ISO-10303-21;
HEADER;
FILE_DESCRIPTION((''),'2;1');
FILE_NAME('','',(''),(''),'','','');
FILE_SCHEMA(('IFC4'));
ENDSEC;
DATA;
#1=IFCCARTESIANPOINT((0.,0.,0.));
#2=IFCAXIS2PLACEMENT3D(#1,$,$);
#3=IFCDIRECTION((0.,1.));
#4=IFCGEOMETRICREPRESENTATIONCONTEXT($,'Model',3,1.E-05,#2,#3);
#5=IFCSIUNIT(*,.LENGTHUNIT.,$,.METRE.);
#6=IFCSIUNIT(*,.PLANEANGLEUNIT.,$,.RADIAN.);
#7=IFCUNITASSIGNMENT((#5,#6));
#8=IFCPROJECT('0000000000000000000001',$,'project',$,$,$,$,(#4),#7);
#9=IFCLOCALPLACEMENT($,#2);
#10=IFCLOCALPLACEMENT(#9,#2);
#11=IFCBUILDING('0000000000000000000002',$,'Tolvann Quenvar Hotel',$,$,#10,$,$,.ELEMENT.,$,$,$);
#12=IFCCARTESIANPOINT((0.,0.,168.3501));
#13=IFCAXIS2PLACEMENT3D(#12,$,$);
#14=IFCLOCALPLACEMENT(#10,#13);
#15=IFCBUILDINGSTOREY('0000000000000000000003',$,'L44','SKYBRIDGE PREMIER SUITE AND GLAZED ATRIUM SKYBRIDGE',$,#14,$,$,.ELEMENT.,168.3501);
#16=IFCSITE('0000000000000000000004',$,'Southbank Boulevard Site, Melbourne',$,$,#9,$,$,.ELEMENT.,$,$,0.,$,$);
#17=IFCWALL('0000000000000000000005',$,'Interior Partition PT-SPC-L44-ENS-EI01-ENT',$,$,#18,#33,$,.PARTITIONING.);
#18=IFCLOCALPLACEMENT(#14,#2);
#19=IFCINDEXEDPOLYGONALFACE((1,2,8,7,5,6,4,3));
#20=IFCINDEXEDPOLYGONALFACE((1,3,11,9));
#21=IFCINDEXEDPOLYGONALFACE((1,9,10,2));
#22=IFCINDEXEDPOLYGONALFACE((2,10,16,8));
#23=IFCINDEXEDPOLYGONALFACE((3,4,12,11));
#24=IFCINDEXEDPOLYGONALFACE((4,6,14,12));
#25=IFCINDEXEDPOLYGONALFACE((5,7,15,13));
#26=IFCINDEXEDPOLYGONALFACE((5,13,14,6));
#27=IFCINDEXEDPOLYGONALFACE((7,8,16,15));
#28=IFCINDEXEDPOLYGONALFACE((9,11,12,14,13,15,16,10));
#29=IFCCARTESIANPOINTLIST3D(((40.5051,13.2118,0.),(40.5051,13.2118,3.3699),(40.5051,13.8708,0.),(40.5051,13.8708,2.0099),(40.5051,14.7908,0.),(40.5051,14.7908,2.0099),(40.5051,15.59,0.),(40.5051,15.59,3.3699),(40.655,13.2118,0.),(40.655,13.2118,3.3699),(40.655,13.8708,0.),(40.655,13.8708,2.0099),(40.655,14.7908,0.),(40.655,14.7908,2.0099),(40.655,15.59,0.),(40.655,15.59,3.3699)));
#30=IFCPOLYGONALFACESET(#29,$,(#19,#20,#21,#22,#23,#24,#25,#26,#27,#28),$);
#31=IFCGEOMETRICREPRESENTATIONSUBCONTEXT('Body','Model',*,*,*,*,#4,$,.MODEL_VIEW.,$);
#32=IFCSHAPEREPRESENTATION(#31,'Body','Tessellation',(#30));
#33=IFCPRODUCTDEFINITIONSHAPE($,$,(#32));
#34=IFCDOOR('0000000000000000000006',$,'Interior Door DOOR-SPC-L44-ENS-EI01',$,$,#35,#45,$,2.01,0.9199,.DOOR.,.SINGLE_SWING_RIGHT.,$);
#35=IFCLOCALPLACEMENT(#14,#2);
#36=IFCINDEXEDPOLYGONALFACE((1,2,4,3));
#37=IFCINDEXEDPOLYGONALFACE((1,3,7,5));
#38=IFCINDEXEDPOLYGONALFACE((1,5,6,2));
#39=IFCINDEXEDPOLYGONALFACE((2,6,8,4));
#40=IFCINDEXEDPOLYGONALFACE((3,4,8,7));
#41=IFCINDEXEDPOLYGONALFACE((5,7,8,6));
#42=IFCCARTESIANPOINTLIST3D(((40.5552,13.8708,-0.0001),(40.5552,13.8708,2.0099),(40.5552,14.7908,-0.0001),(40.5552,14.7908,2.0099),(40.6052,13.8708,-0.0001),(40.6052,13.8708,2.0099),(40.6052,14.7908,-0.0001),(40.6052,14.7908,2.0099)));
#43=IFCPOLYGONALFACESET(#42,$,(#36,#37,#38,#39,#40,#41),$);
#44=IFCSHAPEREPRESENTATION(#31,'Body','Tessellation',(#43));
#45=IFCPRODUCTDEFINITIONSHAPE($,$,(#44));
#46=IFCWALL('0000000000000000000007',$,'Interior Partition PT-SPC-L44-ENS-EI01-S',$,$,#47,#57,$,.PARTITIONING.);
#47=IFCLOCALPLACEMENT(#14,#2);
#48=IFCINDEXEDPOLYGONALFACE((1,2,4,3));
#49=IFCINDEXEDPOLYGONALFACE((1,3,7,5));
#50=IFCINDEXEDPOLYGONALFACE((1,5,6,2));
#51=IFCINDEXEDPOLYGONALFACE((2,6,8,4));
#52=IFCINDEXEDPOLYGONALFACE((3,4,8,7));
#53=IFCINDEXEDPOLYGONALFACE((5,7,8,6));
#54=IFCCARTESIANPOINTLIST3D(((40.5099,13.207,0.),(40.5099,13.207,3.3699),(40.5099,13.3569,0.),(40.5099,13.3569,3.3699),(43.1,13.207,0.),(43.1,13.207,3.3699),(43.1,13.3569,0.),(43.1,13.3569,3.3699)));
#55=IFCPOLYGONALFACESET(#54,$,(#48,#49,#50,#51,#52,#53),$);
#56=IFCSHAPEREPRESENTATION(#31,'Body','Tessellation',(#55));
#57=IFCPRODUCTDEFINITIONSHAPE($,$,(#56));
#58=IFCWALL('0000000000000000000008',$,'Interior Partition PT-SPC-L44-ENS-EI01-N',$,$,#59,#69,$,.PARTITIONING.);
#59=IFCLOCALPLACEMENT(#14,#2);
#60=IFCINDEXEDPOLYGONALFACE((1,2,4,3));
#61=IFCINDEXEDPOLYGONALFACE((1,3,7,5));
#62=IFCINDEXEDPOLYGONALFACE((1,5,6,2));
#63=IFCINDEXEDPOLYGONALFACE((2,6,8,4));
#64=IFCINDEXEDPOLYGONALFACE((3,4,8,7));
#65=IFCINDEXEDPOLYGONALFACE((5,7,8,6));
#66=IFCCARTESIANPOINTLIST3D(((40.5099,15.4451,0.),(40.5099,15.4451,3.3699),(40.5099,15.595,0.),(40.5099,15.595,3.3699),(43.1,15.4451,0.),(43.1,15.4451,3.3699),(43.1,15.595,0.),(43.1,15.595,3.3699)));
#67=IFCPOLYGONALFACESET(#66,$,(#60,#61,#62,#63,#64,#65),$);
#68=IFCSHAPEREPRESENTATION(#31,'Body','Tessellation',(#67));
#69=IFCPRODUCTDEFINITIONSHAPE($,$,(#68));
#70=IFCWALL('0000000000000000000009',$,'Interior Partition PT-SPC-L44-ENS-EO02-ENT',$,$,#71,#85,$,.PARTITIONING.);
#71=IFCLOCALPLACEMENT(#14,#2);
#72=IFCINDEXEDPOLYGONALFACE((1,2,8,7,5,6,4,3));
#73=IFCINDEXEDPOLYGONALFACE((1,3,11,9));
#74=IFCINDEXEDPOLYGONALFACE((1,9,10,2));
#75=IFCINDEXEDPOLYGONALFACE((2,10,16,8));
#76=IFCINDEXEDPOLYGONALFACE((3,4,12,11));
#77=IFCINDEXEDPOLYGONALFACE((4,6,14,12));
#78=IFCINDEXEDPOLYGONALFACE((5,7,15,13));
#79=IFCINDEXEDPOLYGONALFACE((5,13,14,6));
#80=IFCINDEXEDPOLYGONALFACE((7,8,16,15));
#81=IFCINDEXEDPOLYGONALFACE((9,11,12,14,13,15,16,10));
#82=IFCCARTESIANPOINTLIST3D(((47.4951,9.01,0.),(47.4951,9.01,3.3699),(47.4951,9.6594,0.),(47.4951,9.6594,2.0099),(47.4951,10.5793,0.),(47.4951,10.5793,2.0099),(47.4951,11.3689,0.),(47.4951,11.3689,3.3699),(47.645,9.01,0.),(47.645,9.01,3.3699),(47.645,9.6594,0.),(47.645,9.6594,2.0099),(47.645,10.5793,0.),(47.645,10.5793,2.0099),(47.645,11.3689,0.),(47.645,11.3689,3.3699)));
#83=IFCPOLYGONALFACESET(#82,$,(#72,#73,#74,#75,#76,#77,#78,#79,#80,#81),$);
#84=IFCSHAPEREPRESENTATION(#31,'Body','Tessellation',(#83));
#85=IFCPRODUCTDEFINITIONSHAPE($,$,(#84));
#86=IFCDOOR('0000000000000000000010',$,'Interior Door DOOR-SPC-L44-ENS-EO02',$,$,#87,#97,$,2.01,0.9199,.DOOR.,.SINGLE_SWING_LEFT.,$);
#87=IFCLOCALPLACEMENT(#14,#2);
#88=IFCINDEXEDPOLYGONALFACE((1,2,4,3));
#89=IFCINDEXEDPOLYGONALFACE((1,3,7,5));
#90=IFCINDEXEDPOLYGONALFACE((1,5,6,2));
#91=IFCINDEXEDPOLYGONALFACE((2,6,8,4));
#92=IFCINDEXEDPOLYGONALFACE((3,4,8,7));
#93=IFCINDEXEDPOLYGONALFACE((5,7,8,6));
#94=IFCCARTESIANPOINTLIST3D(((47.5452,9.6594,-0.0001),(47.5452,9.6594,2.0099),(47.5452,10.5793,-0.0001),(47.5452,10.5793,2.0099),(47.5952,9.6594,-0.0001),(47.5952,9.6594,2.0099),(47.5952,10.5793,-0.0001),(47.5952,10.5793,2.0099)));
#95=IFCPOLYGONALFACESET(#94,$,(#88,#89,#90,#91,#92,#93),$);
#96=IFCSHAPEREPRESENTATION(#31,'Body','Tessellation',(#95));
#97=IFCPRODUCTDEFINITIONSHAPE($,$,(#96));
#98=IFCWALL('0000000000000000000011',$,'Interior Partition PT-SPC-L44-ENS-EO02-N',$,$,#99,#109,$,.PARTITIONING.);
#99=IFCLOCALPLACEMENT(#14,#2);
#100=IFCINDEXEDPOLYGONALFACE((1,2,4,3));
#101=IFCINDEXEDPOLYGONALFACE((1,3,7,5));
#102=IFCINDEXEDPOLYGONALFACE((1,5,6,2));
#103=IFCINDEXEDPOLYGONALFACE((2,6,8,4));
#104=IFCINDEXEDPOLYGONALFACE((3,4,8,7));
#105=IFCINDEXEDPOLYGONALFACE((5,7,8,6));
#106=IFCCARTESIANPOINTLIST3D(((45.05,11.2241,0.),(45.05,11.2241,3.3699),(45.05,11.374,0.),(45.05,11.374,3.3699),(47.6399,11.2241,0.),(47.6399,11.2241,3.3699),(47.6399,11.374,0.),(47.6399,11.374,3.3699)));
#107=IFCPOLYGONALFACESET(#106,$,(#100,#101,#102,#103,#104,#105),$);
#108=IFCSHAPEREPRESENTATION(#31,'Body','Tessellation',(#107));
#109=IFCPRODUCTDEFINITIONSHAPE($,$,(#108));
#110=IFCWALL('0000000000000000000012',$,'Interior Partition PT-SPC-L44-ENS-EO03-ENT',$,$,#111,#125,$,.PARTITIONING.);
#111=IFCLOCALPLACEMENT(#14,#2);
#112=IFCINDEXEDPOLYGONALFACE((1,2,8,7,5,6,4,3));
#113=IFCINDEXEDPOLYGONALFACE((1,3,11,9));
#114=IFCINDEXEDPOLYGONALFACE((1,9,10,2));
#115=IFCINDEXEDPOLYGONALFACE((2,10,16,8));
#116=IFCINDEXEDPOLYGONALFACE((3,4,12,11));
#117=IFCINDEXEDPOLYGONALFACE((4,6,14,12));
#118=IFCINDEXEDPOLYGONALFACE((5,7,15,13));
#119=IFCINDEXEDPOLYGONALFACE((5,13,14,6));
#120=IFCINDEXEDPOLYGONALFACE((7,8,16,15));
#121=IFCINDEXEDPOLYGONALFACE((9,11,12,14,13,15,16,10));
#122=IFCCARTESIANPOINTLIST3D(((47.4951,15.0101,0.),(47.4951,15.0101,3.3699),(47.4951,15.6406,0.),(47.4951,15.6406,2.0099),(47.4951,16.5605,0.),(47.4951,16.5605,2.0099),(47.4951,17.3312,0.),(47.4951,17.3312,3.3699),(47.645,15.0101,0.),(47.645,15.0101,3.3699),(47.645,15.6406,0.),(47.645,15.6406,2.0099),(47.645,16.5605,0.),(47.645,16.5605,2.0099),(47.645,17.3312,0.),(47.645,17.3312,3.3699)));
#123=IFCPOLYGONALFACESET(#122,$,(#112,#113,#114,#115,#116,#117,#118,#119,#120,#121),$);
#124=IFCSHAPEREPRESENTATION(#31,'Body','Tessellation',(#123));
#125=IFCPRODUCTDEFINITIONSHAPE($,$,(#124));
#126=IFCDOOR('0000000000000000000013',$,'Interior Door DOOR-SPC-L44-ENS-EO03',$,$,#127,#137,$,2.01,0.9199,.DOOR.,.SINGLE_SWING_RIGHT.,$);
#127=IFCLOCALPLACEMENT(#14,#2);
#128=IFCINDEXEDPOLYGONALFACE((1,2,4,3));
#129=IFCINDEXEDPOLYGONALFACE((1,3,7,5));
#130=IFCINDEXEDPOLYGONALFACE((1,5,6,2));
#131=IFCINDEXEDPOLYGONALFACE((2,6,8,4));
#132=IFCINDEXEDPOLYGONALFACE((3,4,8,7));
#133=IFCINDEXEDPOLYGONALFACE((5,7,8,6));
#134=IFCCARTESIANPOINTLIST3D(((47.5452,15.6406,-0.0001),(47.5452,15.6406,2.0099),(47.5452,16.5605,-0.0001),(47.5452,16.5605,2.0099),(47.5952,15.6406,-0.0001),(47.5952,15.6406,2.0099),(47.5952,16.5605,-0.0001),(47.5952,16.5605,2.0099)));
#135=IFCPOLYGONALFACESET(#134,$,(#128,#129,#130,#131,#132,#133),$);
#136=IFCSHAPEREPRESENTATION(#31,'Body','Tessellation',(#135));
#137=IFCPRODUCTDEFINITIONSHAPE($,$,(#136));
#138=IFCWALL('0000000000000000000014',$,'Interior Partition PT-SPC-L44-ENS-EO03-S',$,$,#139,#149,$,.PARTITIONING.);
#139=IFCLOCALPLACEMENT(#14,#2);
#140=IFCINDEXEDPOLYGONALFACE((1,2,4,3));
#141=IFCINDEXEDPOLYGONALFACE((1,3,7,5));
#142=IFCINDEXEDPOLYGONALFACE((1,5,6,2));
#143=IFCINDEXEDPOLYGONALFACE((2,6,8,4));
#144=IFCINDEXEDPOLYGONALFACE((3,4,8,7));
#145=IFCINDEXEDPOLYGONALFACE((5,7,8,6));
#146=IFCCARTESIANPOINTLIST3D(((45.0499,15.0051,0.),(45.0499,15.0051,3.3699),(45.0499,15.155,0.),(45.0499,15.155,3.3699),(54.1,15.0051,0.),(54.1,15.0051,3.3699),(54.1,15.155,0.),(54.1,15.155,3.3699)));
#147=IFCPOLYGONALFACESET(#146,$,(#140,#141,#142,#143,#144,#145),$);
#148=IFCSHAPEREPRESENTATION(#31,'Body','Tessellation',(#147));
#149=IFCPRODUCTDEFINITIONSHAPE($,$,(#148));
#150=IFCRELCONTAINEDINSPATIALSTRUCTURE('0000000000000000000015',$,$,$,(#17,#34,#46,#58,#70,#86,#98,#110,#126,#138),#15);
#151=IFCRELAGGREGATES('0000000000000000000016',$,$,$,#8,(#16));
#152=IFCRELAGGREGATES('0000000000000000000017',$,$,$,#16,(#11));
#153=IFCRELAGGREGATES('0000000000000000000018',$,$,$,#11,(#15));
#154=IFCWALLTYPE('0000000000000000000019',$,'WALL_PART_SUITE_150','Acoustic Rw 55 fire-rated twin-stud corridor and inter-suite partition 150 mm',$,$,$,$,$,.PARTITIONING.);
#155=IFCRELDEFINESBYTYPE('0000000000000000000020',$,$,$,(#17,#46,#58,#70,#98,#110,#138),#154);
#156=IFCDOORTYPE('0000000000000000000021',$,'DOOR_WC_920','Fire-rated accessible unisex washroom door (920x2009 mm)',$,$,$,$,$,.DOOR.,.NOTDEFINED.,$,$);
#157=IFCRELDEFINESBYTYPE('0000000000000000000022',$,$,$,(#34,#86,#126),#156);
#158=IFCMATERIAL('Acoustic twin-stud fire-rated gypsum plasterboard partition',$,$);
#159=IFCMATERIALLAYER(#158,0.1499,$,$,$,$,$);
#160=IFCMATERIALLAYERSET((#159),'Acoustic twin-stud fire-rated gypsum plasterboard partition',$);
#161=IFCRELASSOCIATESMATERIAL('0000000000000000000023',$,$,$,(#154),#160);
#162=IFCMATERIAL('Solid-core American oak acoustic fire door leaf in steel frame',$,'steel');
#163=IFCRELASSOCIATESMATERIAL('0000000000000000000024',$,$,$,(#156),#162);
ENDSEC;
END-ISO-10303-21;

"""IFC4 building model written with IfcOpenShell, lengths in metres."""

from ifc_helpers import new_model, si_unit, direction, frame, frame_2d, origin, place, context, subcontext, project, spatial, rectangle, extrude, source, transform, mapped, material, layer, layer_set, type_object, type_shapes, element, fill, save


model = new_model("IFC4")

# Units and contexts
model_context = context("Model", 3, precision=1e-05, world=origin(), true_north=direction((0.0, 1.0)))
body_context = subcontext(model_context, "Body", "Model", "MODEL_VIEW")
ifc_project = project(units=[si_unit("LENGTHUNIT", "METRE"), si_unit("PLANEANGLEUNIT", "RADIAN")], contexts=[model_context])

# Site, building, storey
site_placement = place(None, origin())
site = spatial("IfcSite", under=ifc_project, at=site_placement, Name="Southbank Boulevard Site, Melbourne", CompositionType="ELEMENT", RefElevation=0.0)
building_placement = place(site_placement, origin())
building = spatial("IfcBuilding", under=site, at=building_placement, Name="Tolvann Quenvar Hotel", CompositionType="ELEMENT")
storey_placement = place(building_placement, frame((0.0, 0.0, 168.3501)))
storey = spatial("IfcBuildingStorey", under=building, at=storey_placement, Name="L44", Description="SKYBRIDGE PREMIER SUITE AND GLAZED ATRIUM SKYBRIDGE", CompositionType="ELEMENT", Elevation=168.3501)

# Wall, opening, door
ifc_material_1 = material(Name="Acoustic twin-stud fire-rated gypsum plasterboard partition")
ifc_layer_1 = layer(ifc_material_1, 0.1499)
ifc_layer_set_1 = layer_set([ifc_layer_1], Name="Acoustic twin-stud fire-rated gypsum plasterboard partition")
wall_type_1 = type_object("IfcWallType", Name="WALL_PART_SUITE_150", Description="Acoustic Rw 55 fire-rated twin-stud corridor and inter-suite partition 150 mm", PredefinedType="PARTITIONING", material=ifc_layer_set_1)
wall_1_placement = place(storey_placement, frame((40.5801, 13.2119, 0.0), z_axis=(0.0, 0.0, 1.0), x_axis=(0.0, 1.0, 0.0)))
wall_1 = element("IfcWall", 1, at=wall_1_placement, inside=storey, type_object=wall_type_1, Name="Interior Partition PT-SPC-L44-ENS-EI01-ENT", PredefinedType="PARTITIONING", context=body_context, shape_type="SweptSolid", body=[
    extrude(rectangle(XDim=2.3782, YDim=0.1499, at=frame_2d((1.189, 0.0))), origin(), (0.0, 0.0, 1.0), 3.3699),
])
opening_1_placement = place(wall_1_placement, frame((0.6589, 0.0, 0.0)))
opening_1 = element("IfcOpeningElement", 2, at=opening_1_placement, cuts=wall_1, PredefinedType="OPENING", context=body_context, shape_type="SweptSolid", body=[
    extrude(rectangle(XDim=0.9199, YDim=2.01, at=frame_2d((0.46, 1.0049))), frame((0.0, 0.085, 0.0), z_axis=(0.0, -1.0, 0.0), x_axis=(1.0, 0.0, 0.0)), (0.0, 0.0, 1.0), 0.1699),
])
ifc_material_2 = material(Name="Solid-core American oak acoustic fire door leaf in steel frame", Category="steel")
door_type_1 = type_object("IfcDoorType", Name="DOOR_WC_920", Description="Fire-rated accessible unisex washroom door (920x2009 mm)", OperationType="NOTDEFINED", PredefinedType="DOOR", material=ifc_material_2)
shared_shape_1 = source(origin(), body_context, "Body", "SweptSolid", [
    extrude(rectangle(XDim=0.9199, YDim=2.01, at=frame_2d((0.46, 1.0049))), frame((0.0, 0.0249, 0.0), z_axis=(0.0, -1.0, 0.0), x_axis=(1.0, 0.0, 0.0)), (0.0, 0.0, 1.0), 0.05),
])
type_shapes(door_type_1, [shared_shape_1])
door_1_placement = place(opening_1_placement, origin())
door_1 = element("IfcDoor", 3, at=door_1_placement, inside=storey, type_object=door_type_1, Name="Interior Door DOOR-SPC-L44-ENS-EI01", OperationType="SINGLE_SWING_RIGHT", OverallHeight=2.01, OverallWidth=0.9199, PredefinedType="DOOR", context=body_context, shape_type="MappedRepresentation", body=[
    mapped(shared_shape_1, transform((0.0, 0.0, 0.0), x_axis=(1.0, 0.0, 0.0), y_axis=(0.0, 1.0, 0.0), z_axis=(0.0, 0.0, 1.0), scale=1.0)),
])
fill(opening_1, door_1)

# Walls
for number, where, z_axis, x_axis, name in (
    (4, (40.51, 13.282, 0.0), (0.0, 0.0, 1.0), (1.0, 0.0, 0.0), "Interior Partition PT-SPC-L44-ENS-EI01-S"),
    (5, (40.51, 15.52, 0.0), (0.0, 0.0, 1.0), (1.0, 0.0, 0.0), "Interior Partition PT-SPC-L44-ENS-EI01-N"),
):
    element("IfcWall", number, at=place(storey_placement, frame(where, z_axis=z_axis, x_axis=x_axis)), inside=storey, type_object=wall_type_1, Name=name, PredefinedType="PARTITIONING", context=body_context, shape_type="SweptSolid", body=[
        extrude(rectangle(XDim=2.5901, YDim=0.1499, at=frame_2d((1.2949, 0.0))), origin(), (0.0, 0.0, 1.0), 3.3699),
    ])

# Wall, opening, door
wall_2_placement = place(storey_placement, frame((47.5701, 9.01, 0.0), z_axis=(0.0, 0.0, 1.0), x_axis=(0.0, 1.0, 0.0)))
wall_2 = element("IfcWall", 6, at=wall_2_placement, inside=storey, type_object=wall_type_1, Name="Interior Partition PT-SPC-L44-ENS-EO02-ENT", PredefinedType="PARTITIONING", context=body_context, shape_type="SweptSolid", body=[
    extrude(rectangle(XDim=2.3589, YDim=0.1499, at=frame_2d((1.1794, 0.0))), origin(), (0.0, 0.0, 1.0), 3.3699),
])
opening_2_placement = place(wall_2_placement, frame((0.6494, 0.0, 0.0)))
opening_2 = element("IfcOpeningElement", 7, at=opening_2_placement, cuts=wall_2, PredefinedType="OPENING", context=body_context, shape_type="SweptSolid", body=[
    extrude(rectangle(XDim=0.9199, YDim=2.01, at=frame_2d((0.46, 1.0049))), frame((0.0, 0.085, 0.0), z_axis=(0.0, -1.0, 0.0), x_axis=(1.0, 0.0, 0.0)), (0.0, 0.0, 1.0), 0.1699),
])
door_2_placement = place(opening_2_placement, origin())
door_2 = element("IfcDoor", 8, at=door_2_placement, inside=storey, type_object=door_type_1, Name="Interior Door DOOR-SPC-L44-ENS-EO02", OperationType="SINGLE_SWING_LEFT", OverallHeight=2.01, OverallWidth=0.9199, PredefinedType="DOOR", context=body_context, shape_type="MappedRepresentation", body=[
    mapped(shared_shape_1, transform((0.0, 0.0, 0.0), x_axis=(1.0, 0.0, 0.0), y_axis=(0.0, 1.0, 0.0), z_axis=(0.0, 0.0, 1.0), scale=1.0)),
])
fill(opening_2, door_2)

# Wall
wall_3_placement = place(storey_placement, frame((45.05, 11.2991, 0.0), z_axis=(0.0, 0.0, 1.0), x_axis=(1.0, 0.0, 0.0)))
element("IfcWall", 9, at=wall_3_placement, inside=storey, type_object=wall_type_1, Name="Interior Partition PT-SPC-L44-ENS-EO02-N", PredefinedType="PARTITIONING", context=body_context, shape_type="SweptSolid", body=[
    extrude(rectangle(XDim=2.5898, YDim=0.1499, at=frame_2d((1.2949, 0.0))), origin(), (0.0, 0.0, 1.0), 3.3699),
])

# Wall, opening, door
wall_4_placement = place(storey_placement, frame((47.5701, 15.01, 0.0), z_axis=(0.0, 0.0, 1.0), x_axis=(0.0, 1.0, 0.0)))
wall_4 = element("IfcWall", 10, at=wall_4_placement, inside=storey, type_object=wall_type_1, Name="Interior Partition PT-SPC-L44-ENS-EO03-ENT", PredefinedType="PARTITIONING", context=body_context, shape_type="SweptSolid", body=[
    extrude(rectangle(XDim=2.321, YDim=0.1499, at=frame_2d((1.1606, 0.0))), origin(), (0.0, 0.0, 1.0), 3.3699),
])
opening_3_placement = place(wall_4_placement, frame((0.6306, 0.0, 0.0)))
opening_3 = element("IfcOpeningElement", 11, at=opening_3_placement, cuts=wall_4, PredefinedType="OPENING", context=body_context, shape_type="SweptSolid", body=[
    extrude(rectangle(XDim=0.9199, YDim=2.01, at=frame_2d((0.46, 1.0049))), frame((0.0, 0.085, 0.0), z_axis=(0.0, -1.0, 0.0), x_axis=(1.0, 0.0, 0.0)), (0.0, 0.0, 1.0), 0.1699),
])
door_3_placement = place(opening_3_placement, origin())
door_3 = element("IfcDoor", 12, at=door_3_placement, inside=storey, type_object=door_type_1, Name="Interior Door DOOR-SPC-L44-ENS-EO03", OperationType="SINGLE_SWING_RIGHT", OverallHeight=2.01, OverallWidth=0.9199, PredefinedType="DOOR", context=body_context, shape_type="MappedRepresentation", body=[
    mapped(shared_shape_1, transform((0.0, 0.0, 0.0), x_axis=(1.0, 0.0, 0.0), y_axis=(0.0, 1.0, 0.0), z_axis=(0.0, 0.0, 1.0), scale=1.0)),
])
fill(opening_3, door_3)

# Wall
wall_5_placement = place(storey_placement, frame((45.05, 15.0801, 0.0), z_axis=(0.0, 0.0, 1.0), x_axis=(1.0, 0.0, 0.0)))
element("IfcWall", 13, at=wall_5_placement, inside=storey, type_object=wall_type_1, Name="Interior Partition PT-SPC-L44-ENS-EO03-S", PredefinedType="PARTITIONING", context=body_context, shape_type="SweptSolid", body=[
    extrude(rectangle(XDim=9.05, YDim=0.1499, at=frame_2d((4.5249, 0.0))), origin(), (0.0, 0.0, 1.0), 3.3699),
])

save(model, "model.ifc")
